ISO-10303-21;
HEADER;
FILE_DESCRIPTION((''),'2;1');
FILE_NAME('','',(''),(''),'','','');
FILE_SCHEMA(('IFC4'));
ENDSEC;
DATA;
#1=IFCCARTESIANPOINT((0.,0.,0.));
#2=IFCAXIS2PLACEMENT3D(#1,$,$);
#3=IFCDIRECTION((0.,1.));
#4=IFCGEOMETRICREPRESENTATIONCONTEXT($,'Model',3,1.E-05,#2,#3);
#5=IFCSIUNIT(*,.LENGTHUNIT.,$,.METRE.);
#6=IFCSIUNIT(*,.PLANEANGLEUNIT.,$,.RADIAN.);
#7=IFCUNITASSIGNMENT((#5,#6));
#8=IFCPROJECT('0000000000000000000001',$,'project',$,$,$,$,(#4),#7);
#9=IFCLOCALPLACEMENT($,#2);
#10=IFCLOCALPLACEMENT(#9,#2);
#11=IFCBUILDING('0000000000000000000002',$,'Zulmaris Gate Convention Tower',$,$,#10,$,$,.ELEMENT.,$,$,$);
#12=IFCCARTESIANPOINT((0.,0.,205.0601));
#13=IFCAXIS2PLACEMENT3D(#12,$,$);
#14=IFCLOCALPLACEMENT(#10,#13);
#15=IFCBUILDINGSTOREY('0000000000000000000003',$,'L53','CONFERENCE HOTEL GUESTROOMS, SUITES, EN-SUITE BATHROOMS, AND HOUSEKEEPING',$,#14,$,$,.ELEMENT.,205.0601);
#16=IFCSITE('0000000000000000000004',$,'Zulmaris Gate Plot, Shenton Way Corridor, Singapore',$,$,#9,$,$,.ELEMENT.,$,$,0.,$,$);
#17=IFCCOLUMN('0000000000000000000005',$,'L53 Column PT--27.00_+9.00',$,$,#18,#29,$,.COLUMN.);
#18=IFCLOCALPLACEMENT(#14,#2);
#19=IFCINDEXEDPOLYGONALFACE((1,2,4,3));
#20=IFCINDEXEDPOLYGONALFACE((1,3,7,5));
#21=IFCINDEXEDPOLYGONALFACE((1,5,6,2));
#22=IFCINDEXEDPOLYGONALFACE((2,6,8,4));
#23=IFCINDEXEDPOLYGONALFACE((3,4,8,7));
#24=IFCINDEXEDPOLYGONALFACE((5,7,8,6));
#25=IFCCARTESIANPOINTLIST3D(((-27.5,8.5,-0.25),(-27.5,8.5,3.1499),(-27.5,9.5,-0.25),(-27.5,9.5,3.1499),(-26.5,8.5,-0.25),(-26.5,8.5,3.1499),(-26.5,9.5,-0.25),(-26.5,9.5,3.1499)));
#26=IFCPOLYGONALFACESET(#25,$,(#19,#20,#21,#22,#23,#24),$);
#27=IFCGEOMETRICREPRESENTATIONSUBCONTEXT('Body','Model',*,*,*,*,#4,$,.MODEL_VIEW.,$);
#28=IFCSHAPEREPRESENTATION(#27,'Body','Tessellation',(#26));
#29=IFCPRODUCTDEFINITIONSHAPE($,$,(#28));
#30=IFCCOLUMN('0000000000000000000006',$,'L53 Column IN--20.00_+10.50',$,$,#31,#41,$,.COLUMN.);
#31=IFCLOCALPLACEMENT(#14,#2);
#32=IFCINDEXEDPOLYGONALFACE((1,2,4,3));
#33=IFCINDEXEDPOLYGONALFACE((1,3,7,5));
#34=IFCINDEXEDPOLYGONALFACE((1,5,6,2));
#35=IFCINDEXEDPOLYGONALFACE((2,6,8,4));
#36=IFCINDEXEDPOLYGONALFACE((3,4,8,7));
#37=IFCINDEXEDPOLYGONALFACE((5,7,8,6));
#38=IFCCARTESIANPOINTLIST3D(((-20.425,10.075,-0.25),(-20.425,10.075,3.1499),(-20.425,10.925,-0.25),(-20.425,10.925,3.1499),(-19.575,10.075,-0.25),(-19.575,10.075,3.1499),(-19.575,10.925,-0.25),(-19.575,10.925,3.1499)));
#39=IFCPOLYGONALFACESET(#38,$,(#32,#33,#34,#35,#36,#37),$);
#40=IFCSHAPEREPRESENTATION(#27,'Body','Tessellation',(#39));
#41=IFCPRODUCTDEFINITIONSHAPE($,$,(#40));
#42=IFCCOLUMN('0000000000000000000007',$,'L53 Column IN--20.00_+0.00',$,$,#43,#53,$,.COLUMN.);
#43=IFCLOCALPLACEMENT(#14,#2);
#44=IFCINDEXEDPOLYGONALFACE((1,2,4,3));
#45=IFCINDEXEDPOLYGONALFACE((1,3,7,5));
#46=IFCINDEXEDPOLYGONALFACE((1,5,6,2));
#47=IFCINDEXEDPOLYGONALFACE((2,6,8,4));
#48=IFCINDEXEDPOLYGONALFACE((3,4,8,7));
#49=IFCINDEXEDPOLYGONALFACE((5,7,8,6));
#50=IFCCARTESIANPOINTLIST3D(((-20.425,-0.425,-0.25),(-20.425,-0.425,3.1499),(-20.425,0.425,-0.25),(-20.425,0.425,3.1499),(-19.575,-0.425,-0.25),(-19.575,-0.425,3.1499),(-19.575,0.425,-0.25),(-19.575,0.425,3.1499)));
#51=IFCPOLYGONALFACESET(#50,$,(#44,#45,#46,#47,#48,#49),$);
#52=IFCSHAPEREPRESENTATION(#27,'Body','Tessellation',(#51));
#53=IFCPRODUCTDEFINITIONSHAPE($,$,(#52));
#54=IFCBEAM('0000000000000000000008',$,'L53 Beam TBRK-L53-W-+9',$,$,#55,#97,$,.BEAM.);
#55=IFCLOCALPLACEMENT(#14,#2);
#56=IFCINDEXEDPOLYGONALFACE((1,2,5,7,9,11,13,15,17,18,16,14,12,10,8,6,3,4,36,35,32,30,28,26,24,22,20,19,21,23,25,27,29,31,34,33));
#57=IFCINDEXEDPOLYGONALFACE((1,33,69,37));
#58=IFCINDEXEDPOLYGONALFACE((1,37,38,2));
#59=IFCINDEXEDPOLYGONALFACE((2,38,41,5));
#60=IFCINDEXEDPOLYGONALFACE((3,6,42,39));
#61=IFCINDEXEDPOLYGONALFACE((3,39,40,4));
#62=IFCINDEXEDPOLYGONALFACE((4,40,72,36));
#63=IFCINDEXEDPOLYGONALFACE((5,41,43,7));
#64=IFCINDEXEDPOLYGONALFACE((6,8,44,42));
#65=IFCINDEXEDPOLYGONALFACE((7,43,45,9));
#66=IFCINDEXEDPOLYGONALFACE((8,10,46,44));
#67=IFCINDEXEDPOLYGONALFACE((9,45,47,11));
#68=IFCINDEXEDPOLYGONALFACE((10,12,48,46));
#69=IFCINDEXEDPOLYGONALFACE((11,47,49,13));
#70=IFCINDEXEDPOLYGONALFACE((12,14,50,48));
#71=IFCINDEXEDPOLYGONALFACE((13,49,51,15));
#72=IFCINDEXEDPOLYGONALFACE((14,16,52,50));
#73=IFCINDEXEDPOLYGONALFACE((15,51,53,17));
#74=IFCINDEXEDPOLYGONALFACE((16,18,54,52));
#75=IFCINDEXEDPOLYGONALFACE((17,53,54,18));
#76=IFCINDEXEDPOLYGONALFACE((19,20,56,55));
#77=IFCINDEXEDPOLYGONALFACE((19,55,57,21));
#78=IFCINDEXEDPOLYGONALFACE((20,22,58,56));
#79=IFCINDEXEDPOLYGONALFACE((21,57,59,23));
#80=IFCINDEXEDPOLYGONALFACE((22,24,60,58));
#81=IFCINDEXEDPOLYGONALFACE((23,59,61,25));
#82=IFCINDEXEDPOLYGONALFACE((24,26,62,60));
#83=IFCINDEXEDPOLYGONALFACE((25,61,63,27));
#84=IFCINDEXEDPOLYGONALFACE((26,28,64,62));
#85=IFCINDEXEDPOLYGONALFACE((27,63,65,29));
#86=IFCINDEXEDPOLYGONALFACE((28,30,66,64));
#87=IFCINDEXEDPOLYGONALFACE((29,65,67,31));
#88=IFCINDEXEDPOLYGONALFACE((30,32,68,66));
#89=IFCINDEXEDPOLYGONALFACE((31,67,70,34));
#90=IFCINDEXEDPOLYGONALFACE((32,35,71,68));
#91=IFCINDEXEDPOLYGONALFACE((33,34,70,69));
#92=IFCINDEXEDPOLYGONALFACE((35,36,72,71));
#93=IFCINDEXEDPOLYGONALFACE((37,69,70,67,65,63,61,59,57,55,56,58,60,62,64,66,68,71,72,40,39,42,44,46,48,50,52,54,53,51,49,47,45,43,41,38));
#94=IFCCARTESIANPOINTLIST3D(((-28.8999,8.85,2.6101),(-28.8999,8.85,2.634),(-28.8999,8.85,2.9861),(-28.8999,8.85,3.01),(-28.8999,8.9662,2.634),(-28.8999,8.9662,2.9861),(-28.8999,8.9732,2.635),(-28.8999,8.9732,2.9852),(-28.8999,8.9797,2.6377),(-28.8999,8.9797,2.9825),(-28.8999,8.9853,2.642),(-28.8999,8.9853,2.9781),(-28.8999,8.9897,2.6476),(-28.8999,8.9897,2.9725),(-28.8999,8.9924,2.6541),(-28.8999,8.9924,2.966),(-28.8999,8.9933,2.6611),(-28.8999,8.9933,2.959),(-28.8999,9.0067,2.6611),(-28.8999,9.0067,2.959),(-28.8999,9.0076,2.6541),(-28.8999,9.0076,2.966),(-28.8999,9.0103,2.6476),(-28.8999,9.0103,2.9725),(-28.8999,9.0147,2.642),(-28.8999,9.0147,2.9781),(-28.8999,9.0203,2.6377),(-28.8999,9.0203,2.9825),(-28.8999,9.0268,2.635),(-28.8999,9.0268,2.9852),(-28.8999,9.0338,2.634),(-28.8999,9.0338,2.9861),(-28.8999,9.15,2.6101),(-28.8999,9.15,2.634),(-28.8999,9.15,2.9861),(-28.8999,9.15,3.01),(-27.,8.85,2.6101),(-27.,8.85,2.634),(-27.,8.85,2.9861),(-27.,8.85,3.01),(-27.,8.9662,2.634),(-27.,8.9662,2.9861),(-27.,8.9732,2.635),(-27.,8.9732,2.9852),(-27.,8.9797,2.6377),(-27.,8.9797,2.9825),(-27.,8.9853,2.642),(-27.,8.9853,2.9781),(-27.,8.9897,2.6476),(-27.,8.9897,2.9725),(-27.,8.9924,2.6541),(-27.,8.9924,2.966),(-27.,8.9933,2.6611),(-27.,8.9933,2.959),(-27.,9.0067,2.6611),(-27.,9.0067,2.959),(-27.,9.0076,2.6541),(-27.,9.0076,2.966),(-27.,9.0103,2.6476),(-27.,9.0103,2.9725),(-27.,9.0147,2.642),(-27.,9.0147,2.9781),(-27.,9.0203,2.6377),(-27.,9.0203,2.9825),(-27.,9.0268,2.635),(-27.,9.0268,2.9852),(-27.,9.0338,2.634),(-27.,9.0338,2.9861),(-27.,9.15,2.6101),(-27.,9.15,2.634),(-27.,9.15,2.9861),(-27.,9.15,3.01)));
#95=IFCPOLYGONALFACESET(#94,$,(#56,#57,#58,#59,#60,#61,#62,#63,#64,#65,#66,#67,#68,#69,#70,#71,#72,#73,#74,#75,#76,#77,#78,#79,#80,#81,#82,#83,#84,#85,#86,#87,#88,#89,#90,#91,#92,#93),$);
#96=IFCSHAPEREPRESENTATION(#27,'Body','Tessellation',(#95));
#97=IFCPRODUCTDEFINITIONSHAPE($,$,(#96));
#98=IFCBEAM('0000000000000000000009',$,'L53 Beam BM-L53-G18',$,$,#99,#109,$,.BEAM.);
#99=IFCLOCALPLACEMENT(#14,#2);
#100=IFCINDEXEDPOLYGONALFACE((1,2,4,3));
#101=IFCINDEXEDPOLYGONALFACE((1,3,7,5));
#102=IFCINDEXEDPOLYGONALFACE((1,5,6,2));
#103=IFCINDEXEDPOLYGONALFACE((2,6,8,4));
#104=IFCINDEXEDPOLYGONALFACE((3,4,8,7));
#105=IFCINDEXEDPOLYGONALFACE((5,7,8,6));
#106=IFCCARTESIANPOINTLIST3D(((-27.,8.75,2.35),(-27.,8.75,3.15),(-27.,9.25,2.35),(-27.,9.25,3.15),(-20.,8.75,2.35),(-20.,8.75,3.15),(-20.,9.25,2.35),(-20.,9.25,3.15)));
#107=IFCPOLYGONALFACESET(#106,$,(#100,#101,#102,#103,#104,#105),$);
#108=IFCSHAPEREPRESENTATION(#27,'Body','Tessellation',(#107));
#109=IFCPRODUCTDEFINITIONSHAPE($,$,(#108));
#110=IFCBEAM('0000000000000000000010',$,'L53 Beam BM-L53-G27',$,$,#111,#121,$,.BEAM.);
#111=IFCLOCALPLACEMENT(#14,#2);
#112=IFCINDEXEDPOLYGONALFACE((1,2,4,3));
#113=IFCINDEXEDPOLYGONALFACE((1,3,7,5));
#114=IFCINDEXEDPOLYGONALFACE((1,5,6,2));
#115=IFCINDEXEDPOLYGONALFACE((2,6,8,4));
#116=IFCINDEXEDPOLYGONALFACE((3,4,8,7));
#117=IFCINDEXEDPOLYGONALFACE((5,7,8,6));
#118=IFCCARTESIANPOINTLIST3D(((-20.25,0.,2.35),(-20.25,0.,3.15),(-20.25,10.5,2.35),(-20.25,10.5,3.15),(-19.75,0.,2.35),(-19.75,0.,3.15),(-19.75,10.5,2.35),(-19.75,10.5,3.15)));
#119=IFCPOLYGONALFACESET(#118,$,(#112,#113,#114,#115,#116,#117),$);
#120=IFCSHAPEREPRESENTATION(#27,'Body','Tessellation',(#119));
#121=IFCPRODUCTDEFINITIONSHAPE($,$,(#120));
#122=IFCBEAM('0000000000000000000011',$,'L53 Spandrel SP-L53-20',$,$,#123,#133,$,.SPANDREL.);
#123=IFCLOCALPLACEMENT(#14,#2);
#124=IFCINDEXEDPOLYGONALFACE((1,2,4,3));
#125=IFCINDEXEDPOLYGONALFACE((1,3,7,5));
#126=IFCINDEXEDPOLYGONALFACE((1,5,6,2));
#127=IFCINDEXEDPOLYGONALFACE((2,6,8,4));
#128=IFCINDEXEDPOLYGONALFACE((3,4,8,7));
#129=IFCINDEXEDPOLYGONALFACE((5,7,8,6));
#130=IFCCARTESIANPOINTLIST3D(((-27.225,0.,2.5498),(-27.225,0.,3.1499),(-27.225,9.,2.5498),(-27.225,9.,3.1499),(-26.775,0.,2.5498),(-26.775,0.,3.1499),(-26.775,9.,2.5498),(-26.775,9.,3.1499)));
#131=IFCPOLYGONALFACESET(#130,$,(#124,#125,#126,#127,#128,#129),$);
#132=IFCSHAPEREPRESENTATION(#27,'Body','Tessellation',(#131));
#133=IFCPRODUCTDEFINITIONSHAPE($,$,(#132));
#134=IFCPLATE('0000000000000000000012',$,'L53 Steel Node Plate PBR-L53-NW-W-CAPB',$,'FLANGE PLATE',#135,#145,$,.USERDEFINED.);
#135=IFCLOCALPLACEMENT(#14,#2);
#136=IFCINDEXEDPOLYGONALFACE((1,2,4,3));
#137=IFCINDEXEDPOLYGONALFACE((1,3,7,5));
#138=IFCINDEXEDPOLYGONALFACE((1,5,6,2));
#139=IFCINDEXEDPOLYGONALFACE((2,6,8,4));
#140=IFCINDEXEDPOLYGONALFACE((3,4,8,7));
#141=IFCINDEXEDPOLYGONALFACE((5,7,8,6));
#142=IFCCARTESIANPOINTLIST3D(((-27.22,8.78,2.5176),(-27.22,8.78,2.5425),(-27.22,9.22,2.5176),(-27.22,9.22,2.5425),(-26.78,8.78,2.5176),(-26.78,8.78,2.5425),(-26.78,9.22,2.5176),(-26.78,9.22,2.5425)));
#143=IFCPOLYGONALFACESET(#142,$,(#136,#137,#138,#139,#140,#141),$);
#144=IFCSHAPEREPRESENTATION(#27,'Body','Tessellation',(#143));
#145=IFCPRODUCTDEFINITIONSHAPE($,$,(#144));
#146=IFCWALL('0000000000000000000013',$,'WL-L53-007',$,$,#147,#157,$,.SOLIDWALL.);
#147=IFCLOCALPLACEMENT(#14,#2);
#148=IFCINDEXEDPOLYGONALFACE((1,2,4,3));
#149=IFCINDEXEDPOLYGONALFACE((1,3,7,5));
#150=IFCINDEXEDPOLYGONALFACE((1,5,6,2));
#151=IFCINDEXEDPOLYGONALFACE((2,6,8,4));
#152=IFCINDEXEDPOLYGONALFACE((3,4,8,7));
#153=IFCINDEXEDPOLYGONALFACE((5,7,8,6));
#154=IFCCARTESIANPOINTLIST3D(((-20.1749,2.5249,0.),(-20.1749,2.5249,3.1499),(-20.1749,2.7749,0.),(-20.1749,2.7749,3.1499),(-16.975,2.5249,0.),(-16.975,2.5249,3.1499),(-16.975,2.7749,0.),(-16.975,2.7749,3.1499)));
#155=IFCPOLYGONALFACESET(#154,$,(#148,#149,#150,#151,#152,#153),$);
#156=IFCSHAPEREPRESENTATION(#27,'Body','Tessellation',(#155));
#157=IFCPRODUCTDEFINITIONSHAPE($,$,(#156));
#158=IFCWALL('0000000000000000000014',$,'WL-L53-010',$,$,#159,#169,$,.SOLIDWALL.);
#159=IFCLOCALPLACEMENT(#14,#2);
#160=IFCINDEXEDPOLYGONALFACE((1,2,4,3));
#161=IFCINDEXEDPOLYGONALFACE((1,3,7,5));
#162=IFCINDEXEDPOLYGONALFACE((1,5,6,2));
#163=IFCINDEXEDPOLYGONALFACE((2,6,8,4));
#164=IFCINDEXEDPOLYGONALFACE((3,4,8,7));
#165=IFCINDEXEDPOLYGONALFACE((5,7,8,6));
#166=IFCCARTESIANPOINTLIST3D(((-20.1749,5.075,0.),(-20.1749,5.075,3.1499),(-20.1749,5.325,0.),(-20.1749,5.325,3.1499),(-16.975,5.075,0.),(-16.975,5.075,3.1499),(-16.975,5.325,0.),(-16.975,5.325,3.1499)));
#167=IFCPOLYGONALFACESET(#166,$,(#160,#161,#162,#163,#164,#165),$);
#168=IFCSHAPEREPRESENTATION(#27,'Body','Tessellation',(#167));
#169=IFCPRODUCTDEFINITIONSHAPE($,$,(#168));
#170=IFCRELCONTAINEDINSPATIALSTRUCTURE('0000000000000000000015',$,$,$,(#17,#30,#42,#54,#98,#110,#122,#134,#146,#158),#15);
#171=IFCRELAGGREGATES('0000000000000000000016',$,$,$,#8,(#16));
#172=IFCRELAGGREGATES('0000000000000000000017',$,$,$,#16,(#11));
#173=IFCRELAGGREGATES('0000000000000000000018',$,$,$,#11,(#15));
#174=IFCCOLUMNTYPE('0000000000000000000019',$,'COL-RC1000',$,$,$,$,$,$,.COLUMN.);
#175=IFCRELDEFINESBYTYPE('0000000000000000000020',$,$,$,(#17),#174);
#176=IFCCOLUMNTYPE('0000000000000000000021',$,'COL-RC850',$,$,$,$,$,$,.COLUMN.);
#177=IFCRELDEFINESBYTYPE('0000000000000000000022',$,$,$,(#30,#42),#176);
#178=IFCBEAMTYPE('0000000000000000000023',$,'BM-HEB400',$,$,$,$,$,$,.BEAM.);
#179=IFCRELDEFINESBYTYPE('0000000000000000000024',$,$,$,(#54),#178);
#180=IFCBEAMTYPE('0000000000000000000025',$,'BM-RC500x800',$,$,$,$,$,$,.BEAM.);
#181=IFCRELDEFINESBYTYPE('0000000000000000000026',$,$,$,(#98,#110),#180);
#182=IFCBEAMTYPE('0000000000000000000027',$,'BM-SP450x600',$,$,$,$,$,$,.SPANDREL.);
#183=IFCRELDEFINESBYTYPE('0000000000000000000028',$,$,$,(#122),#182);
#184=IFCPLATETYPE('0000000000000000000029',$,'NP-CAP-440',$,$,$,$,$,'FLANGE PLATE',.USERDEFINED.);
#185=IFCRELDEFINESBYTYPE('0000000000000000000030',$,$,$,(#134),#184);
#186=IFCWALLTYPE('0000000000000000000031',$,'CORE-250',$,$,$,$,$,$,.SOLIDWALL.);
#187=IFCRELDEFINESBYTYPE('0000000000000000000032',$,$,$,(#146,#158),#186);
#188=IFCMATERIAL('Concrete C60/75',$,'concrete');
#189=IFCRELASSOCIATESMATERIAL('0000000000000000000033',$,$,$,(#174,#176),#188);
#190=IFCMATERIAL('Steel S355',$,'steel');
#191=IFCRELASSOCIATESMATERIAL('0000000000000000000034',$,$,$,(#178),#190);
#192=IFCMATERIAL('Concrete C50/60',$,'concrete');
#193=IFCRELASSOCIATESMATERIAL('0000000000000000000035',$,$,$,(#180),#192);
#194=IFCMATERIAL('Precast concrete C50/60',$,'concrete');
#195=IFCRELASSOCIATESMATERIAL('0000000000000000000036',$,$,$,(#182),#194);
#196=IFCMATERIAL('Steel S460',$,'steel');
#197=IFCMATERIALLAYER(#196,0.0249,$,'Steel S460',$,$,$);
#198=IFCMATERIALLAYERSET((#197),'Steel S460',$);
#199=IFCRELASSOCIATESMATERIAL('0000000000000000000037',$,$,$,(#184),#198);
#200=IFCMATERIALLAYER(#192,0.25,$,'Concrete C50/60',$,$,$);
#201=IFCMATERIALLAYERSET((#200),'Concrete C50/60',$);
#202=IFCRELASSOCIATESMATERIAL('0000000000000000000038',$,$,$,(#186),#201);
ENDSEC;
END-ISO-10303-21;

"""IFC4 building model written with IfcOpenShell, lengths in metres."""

from ifc_helpers import new_model, si_unit, direction, frame, frame_2d, origin, origin_2d, place, context, subcontext, project, spatial, rectangle, i_section, extrude, material, layer, layer_set, material_profile, profile_set, type_object, element, save


model = new_model("IFC4")

# Units and contexts
model_context = context("Model", 3, precision=1e-05, world=origin(), true_north=direction((0.0, 1.0)))
body_context = subcontext(model_context, "Body", "Model", "MODEL_VIEW")
ifc_project = project(units=[si_unit("LENGTHUNIT", "METRE"), si_unit("PLANEANGLEUNIT", "RADIAN")], contexts=[model_context])

# Site, building, storey
site_placement = place(None, origin())
site = spatial("IfcSite", under=ifc_project, at=site_placement, Name="Zulmaris Gate Plot, Shenton Way Corridor, Singapore", CompositionType="ELEMENT", RefElevation=0.0)
building_placement = place(site_placement, origin())
building = spatial("IfcBuilding", under=site, at=building_placement, Name="Zulmaris Gate Convention Tower", CompositionType="ELEMENT")
storey_placement = place(building_placement, frame((0.0, 0.0, 205.0601)))
storey = spatial("IfcBuildingStorey", under=building, at=storey_placement, Name="L53", Description="CONFERENCE HOTEL GUESTROOMS, SUITES, EN-SUITE BATHROOMS, AND HOUSEKEEPING", CompositionType="ELEMENT", Elevation=205.0601)

# Columns
ifc_material_1 = material(Name="Concrete C60/75", Category="concrete")
ifc_material_profile_1 = material_profile(ifc_material_1, rectangle(XDim=1.0, YDim=1.0, at=origin_2d()), Name="RC COL 1000x1000")
ifc_profile_set_1 = profile_set([ifc_material_profile_1], Name="Concrete C60/75")
column_type_1 = type_object("IfcColumnType", Name="COL-RC1000", PredefinedType="COLUMN", material=ifc_profile_set_1)
column_placement = place(storey_placement, frame((-27.0, 9.0, -0.25), z_axis=(0.0, 0.0, 1.0), x_axis=(1.0, 0.0, 0.0)))
element("IfcColumn", 1, at=column_placement, inside=storey, type_object=column_type_1, Name="L53 Column PT--27.00_+9.00", PredefinedType="COLUMN", context=body_context, shape_type="SweptSolid", body=[
    extrude(rectangle(XDim=1.0, YDim=1.0, at=origin_2d()), origin(), (0.0, 0.0, 1.0), 3.3999),
])
ifc_material_profile_2 = material_profile(ifc_material_1, rectangle(XDim=0.8501, YDim=0.8501, at=origin_2d()), Name="RC COL 850x850")
ifc_profile_set_2 = profile_set([ifc_material_profile_2], Name="Concrete C60/75")
column_type_2 = type_object("IfcColumnType", Name="COL-RC850", PredefinedType="COLUMN", material=ifc_profile_set_2)
for number, where, z_axis, x_axis, name in (
    (2, (-20.0, 10.5, -0.25), (0.0, 0.0, 1.0), (1.0, 0.0, 0.0), "L53 Column IN--20.00_+10.50"),
    (3, (-20.0, 0.0, -0.25), (0.0, 0.0, 1.0), (1.0, 0.0, 0.0), "L53 Column IN--20.00_+0.00"),
):
    element("IfcColumn", number, at=place(storey_placement, frame(where, z_axis=z_axis, x_axis=x_axis)), inside=storey, type_object=column_type_2, Name=name, PredefinedType="COLUMN", context=body_context, shape_type="SweptSolid", body=[
        extrude(rectangle(XDim=0.8501, YDim=0.8501, at=origin_2d()), origin(), (0.0, 0.0, 1.0), 3.3999),
    ])

# Beams
ifc_material_2 = material(Name="Steel S355", Category="steel")
ifc_material_profile_3 = material_profile(ifc_material_2, i_section(OverallWidth=0.3, OverallDepth=0.3999, WebThickness=0.0134, FlangeThickness=0.0239, FilletRadius=0.0271, at=origin_2d()), Name="HEB 400")
ifc_profile_set_3 = profile_set([ifc_material_profile_3], Name="Steel S355")
beam_type_1 = type_object("IfcBeamType", Name="BM-HEB400", PredefinedType="BEAM", material=ifc_profile_set_3)
beam_1_placement = place(storey_placement, frame((-28.8999, 9.0, 2.8101), z_axis=(1.0, 0.0, 0.0), x_axis=(0.0, 1.0, 0.0)))
element("IfcBeam", 4, at=beam_1_placement, inside=storey, type_object=beam_type_1, Name="L53 Beam TBRK-L53-W-+9", PredefinedType="BEAM", context=body_context, shape_type="SweptSolid", body=[
    extrude(i_section(OverallWidth=0.3, OverallDepth=0.3999, WebThickness=0.0134, FlangeThickness=0.0239, FilletRadius=0.0271, at=origin_2d()), origin(), (0.0, 0.0, 1.0), 1.8999),
])
ifc_material_3 = material(Name="Concrete C50/60", Category="concrete")
ifc_material_profile_4 = material_profile(ifc_material_3, rectangle(XDim=0.5, YDim=0.8, at=origin_2d()), Name="RC BEAM 500x800")
ifc_profile_set_4 = profile_set([ifc_material_profile_4], Name="Concrete C50/60")
beam_type_2 = type_object("IfcBeamType", Name="BM-RC500x800", PredefinedType="BEAM", material=ifc_profile_set_4)
beam_2_placement = place(storey_placement, frame((-27.0, 9.0, 2.75), z_axis=(1.0, 0.0, 0.0), x_axis=(0.0, 1.0, 0.0)))
element("IfcBeam", 5, at=beam_2_placement, inside=storey, type_object=beam_type_2, Name="L53 Beam BM-L53-G18", PredefinedType="BEAM", context=body_context, shape_type="SweptSolid", body=[
    extrude(rectangle(XDim=0.5, YDim=0.8, at=origin_2d()), origin(), (0.0, 0.0, 1.0), 7.0),
])
beam_3_placement = place(storey_placement, frame((-20.0, 0.0, 2.75), z_axis=(0.0, 1.0, 0.0), x_axis=(-1.0, 0.0, 0.0)))
element("IfcBeam", 6, at=beam_3_placement, inside=storey, type_object=beam_type_2, Name="L53 Beam BM-L53-G27", PredefinedType="BEAM", context=body_context, shape_type="SweptSolid", body=[
    extrude(rectangle(XDim=0.5, YDim=0.8, at=origin_2d()), origin(), (0.0, 0.0, 1.0), 10.5),
])
ifc_material_4 = material(Name="Precast concrete C50/60", Category="concrete")
ifc_material_profile_5 = material_profile(ifc_material_4, rectangle(XDim=0.45, YDim=0.6001, at=origin_2d()), Name="RC SPANDREL 450x600")
ifc_profile_set_5 = profile_set([ifc_material_profile_5], Name="Precast concrete C50/60")
beam_type_3 = type_object("IfcBeamType", Name="BM-SP450x600", PredefinedType="SPANDREL", material=ifc_profile_set_5)
beam_4_placement = place(storey_placement, frame((-27.0, 9.0, 2.8499), z_axis=(0.0, -1.0, 0.0), x_axis=(1.0, 0.0, 0.0)))
element("IfcBeam", 7, at=beam_4_placement, inside=storey, type_object=beam_type_3, Name="L53 Spandrel SP-L53-20", PredefinedType="SPANDREL", context=body_context, shape_type="SweptSolid", body=[
    extrude(rectangle(XDim=0.45, YDim=0.6001, at=origin_2d()), origin(), (0.0, 0.0, 1.0), 9.0),
])

# Plate
ifc_material_5 = material(Name="Steel S460", Category="steel")
ifc_layer_1 = layer(ifc_material_5, 0.0249, Name="Steel S460")
ifc_layer_set_1 = layer_set([ifc_layer_1], Name="Steel S460")
plate_type = type_object("IfcPlateType", Name="NP-CAP-440", ElementType="FLANGE PLATE", PredefinedType="USERDEFINED", material=ifc_layer_set_1)
plate_placement = place(storey_placement, frame((-27.0, 9.0, 2.5176), z_axis=(0.0, 0.0, 1.0), x_axis=(1.0, 0.0, 0.0)))
element("IfcPlate", 8, at=plate_placement, inside=storey, type_object=plate_type, Name="L53 Steel Node Plate PBR-L53-NW-W-CAPB", ObjectType="FLANGE PLATE", PredefinedType="USERDEFINED", context=body_context, shape_type="SweptSolid", body=[
    extrude(rectangle(XDim=0.4399, YDim=0.4399, at=origin_2d()), origin(), (0.0, 0.0, 1.0), 0.0249),
])

# Walls
ifc_layer_2 = layer(ifc_material_3, 0.25, Name="Concrete C50/60")
ifc_layer_set_2 = layer_set([ifc_layer_2], Name="Concrete C50/60")
wall_type_1 = type_object("IfcWallType", Name="CORE-250", PredefinedType="SOLIDWALL", material=ifc_layer_set_2)
for number, where, z_axis, x_axis, name in (
    (9, (-20.175, 2.6499, 0.0), (0.0, 0.0, 1.0), (1.0, 0.0, 0.0), "WL-L53-007"),
    (10, (-20.175, 5.2, 0.0), (0.0, 0.0, 1.0), (1.0, 0.0, 0.0), "WL-L53-010"),
):
    element("IfcWall", number, at=place(storey_placement, frame(where, z_axis=z_axis, x_axis=x_axis)), inside=storey, type_object=wall_type_1, Name=name, PredefinedType="SOLIDWALL", context=body_context, shape_type="SweptSolid", body=[
        extrude(rectangle(XDim=3.2, YDim=0.25, at=frame_2d((1.6001, 0.0))), origin(), (0.0, 0.0, 1.0), 3.1499),
    ])

save(model, "model.ifc")
